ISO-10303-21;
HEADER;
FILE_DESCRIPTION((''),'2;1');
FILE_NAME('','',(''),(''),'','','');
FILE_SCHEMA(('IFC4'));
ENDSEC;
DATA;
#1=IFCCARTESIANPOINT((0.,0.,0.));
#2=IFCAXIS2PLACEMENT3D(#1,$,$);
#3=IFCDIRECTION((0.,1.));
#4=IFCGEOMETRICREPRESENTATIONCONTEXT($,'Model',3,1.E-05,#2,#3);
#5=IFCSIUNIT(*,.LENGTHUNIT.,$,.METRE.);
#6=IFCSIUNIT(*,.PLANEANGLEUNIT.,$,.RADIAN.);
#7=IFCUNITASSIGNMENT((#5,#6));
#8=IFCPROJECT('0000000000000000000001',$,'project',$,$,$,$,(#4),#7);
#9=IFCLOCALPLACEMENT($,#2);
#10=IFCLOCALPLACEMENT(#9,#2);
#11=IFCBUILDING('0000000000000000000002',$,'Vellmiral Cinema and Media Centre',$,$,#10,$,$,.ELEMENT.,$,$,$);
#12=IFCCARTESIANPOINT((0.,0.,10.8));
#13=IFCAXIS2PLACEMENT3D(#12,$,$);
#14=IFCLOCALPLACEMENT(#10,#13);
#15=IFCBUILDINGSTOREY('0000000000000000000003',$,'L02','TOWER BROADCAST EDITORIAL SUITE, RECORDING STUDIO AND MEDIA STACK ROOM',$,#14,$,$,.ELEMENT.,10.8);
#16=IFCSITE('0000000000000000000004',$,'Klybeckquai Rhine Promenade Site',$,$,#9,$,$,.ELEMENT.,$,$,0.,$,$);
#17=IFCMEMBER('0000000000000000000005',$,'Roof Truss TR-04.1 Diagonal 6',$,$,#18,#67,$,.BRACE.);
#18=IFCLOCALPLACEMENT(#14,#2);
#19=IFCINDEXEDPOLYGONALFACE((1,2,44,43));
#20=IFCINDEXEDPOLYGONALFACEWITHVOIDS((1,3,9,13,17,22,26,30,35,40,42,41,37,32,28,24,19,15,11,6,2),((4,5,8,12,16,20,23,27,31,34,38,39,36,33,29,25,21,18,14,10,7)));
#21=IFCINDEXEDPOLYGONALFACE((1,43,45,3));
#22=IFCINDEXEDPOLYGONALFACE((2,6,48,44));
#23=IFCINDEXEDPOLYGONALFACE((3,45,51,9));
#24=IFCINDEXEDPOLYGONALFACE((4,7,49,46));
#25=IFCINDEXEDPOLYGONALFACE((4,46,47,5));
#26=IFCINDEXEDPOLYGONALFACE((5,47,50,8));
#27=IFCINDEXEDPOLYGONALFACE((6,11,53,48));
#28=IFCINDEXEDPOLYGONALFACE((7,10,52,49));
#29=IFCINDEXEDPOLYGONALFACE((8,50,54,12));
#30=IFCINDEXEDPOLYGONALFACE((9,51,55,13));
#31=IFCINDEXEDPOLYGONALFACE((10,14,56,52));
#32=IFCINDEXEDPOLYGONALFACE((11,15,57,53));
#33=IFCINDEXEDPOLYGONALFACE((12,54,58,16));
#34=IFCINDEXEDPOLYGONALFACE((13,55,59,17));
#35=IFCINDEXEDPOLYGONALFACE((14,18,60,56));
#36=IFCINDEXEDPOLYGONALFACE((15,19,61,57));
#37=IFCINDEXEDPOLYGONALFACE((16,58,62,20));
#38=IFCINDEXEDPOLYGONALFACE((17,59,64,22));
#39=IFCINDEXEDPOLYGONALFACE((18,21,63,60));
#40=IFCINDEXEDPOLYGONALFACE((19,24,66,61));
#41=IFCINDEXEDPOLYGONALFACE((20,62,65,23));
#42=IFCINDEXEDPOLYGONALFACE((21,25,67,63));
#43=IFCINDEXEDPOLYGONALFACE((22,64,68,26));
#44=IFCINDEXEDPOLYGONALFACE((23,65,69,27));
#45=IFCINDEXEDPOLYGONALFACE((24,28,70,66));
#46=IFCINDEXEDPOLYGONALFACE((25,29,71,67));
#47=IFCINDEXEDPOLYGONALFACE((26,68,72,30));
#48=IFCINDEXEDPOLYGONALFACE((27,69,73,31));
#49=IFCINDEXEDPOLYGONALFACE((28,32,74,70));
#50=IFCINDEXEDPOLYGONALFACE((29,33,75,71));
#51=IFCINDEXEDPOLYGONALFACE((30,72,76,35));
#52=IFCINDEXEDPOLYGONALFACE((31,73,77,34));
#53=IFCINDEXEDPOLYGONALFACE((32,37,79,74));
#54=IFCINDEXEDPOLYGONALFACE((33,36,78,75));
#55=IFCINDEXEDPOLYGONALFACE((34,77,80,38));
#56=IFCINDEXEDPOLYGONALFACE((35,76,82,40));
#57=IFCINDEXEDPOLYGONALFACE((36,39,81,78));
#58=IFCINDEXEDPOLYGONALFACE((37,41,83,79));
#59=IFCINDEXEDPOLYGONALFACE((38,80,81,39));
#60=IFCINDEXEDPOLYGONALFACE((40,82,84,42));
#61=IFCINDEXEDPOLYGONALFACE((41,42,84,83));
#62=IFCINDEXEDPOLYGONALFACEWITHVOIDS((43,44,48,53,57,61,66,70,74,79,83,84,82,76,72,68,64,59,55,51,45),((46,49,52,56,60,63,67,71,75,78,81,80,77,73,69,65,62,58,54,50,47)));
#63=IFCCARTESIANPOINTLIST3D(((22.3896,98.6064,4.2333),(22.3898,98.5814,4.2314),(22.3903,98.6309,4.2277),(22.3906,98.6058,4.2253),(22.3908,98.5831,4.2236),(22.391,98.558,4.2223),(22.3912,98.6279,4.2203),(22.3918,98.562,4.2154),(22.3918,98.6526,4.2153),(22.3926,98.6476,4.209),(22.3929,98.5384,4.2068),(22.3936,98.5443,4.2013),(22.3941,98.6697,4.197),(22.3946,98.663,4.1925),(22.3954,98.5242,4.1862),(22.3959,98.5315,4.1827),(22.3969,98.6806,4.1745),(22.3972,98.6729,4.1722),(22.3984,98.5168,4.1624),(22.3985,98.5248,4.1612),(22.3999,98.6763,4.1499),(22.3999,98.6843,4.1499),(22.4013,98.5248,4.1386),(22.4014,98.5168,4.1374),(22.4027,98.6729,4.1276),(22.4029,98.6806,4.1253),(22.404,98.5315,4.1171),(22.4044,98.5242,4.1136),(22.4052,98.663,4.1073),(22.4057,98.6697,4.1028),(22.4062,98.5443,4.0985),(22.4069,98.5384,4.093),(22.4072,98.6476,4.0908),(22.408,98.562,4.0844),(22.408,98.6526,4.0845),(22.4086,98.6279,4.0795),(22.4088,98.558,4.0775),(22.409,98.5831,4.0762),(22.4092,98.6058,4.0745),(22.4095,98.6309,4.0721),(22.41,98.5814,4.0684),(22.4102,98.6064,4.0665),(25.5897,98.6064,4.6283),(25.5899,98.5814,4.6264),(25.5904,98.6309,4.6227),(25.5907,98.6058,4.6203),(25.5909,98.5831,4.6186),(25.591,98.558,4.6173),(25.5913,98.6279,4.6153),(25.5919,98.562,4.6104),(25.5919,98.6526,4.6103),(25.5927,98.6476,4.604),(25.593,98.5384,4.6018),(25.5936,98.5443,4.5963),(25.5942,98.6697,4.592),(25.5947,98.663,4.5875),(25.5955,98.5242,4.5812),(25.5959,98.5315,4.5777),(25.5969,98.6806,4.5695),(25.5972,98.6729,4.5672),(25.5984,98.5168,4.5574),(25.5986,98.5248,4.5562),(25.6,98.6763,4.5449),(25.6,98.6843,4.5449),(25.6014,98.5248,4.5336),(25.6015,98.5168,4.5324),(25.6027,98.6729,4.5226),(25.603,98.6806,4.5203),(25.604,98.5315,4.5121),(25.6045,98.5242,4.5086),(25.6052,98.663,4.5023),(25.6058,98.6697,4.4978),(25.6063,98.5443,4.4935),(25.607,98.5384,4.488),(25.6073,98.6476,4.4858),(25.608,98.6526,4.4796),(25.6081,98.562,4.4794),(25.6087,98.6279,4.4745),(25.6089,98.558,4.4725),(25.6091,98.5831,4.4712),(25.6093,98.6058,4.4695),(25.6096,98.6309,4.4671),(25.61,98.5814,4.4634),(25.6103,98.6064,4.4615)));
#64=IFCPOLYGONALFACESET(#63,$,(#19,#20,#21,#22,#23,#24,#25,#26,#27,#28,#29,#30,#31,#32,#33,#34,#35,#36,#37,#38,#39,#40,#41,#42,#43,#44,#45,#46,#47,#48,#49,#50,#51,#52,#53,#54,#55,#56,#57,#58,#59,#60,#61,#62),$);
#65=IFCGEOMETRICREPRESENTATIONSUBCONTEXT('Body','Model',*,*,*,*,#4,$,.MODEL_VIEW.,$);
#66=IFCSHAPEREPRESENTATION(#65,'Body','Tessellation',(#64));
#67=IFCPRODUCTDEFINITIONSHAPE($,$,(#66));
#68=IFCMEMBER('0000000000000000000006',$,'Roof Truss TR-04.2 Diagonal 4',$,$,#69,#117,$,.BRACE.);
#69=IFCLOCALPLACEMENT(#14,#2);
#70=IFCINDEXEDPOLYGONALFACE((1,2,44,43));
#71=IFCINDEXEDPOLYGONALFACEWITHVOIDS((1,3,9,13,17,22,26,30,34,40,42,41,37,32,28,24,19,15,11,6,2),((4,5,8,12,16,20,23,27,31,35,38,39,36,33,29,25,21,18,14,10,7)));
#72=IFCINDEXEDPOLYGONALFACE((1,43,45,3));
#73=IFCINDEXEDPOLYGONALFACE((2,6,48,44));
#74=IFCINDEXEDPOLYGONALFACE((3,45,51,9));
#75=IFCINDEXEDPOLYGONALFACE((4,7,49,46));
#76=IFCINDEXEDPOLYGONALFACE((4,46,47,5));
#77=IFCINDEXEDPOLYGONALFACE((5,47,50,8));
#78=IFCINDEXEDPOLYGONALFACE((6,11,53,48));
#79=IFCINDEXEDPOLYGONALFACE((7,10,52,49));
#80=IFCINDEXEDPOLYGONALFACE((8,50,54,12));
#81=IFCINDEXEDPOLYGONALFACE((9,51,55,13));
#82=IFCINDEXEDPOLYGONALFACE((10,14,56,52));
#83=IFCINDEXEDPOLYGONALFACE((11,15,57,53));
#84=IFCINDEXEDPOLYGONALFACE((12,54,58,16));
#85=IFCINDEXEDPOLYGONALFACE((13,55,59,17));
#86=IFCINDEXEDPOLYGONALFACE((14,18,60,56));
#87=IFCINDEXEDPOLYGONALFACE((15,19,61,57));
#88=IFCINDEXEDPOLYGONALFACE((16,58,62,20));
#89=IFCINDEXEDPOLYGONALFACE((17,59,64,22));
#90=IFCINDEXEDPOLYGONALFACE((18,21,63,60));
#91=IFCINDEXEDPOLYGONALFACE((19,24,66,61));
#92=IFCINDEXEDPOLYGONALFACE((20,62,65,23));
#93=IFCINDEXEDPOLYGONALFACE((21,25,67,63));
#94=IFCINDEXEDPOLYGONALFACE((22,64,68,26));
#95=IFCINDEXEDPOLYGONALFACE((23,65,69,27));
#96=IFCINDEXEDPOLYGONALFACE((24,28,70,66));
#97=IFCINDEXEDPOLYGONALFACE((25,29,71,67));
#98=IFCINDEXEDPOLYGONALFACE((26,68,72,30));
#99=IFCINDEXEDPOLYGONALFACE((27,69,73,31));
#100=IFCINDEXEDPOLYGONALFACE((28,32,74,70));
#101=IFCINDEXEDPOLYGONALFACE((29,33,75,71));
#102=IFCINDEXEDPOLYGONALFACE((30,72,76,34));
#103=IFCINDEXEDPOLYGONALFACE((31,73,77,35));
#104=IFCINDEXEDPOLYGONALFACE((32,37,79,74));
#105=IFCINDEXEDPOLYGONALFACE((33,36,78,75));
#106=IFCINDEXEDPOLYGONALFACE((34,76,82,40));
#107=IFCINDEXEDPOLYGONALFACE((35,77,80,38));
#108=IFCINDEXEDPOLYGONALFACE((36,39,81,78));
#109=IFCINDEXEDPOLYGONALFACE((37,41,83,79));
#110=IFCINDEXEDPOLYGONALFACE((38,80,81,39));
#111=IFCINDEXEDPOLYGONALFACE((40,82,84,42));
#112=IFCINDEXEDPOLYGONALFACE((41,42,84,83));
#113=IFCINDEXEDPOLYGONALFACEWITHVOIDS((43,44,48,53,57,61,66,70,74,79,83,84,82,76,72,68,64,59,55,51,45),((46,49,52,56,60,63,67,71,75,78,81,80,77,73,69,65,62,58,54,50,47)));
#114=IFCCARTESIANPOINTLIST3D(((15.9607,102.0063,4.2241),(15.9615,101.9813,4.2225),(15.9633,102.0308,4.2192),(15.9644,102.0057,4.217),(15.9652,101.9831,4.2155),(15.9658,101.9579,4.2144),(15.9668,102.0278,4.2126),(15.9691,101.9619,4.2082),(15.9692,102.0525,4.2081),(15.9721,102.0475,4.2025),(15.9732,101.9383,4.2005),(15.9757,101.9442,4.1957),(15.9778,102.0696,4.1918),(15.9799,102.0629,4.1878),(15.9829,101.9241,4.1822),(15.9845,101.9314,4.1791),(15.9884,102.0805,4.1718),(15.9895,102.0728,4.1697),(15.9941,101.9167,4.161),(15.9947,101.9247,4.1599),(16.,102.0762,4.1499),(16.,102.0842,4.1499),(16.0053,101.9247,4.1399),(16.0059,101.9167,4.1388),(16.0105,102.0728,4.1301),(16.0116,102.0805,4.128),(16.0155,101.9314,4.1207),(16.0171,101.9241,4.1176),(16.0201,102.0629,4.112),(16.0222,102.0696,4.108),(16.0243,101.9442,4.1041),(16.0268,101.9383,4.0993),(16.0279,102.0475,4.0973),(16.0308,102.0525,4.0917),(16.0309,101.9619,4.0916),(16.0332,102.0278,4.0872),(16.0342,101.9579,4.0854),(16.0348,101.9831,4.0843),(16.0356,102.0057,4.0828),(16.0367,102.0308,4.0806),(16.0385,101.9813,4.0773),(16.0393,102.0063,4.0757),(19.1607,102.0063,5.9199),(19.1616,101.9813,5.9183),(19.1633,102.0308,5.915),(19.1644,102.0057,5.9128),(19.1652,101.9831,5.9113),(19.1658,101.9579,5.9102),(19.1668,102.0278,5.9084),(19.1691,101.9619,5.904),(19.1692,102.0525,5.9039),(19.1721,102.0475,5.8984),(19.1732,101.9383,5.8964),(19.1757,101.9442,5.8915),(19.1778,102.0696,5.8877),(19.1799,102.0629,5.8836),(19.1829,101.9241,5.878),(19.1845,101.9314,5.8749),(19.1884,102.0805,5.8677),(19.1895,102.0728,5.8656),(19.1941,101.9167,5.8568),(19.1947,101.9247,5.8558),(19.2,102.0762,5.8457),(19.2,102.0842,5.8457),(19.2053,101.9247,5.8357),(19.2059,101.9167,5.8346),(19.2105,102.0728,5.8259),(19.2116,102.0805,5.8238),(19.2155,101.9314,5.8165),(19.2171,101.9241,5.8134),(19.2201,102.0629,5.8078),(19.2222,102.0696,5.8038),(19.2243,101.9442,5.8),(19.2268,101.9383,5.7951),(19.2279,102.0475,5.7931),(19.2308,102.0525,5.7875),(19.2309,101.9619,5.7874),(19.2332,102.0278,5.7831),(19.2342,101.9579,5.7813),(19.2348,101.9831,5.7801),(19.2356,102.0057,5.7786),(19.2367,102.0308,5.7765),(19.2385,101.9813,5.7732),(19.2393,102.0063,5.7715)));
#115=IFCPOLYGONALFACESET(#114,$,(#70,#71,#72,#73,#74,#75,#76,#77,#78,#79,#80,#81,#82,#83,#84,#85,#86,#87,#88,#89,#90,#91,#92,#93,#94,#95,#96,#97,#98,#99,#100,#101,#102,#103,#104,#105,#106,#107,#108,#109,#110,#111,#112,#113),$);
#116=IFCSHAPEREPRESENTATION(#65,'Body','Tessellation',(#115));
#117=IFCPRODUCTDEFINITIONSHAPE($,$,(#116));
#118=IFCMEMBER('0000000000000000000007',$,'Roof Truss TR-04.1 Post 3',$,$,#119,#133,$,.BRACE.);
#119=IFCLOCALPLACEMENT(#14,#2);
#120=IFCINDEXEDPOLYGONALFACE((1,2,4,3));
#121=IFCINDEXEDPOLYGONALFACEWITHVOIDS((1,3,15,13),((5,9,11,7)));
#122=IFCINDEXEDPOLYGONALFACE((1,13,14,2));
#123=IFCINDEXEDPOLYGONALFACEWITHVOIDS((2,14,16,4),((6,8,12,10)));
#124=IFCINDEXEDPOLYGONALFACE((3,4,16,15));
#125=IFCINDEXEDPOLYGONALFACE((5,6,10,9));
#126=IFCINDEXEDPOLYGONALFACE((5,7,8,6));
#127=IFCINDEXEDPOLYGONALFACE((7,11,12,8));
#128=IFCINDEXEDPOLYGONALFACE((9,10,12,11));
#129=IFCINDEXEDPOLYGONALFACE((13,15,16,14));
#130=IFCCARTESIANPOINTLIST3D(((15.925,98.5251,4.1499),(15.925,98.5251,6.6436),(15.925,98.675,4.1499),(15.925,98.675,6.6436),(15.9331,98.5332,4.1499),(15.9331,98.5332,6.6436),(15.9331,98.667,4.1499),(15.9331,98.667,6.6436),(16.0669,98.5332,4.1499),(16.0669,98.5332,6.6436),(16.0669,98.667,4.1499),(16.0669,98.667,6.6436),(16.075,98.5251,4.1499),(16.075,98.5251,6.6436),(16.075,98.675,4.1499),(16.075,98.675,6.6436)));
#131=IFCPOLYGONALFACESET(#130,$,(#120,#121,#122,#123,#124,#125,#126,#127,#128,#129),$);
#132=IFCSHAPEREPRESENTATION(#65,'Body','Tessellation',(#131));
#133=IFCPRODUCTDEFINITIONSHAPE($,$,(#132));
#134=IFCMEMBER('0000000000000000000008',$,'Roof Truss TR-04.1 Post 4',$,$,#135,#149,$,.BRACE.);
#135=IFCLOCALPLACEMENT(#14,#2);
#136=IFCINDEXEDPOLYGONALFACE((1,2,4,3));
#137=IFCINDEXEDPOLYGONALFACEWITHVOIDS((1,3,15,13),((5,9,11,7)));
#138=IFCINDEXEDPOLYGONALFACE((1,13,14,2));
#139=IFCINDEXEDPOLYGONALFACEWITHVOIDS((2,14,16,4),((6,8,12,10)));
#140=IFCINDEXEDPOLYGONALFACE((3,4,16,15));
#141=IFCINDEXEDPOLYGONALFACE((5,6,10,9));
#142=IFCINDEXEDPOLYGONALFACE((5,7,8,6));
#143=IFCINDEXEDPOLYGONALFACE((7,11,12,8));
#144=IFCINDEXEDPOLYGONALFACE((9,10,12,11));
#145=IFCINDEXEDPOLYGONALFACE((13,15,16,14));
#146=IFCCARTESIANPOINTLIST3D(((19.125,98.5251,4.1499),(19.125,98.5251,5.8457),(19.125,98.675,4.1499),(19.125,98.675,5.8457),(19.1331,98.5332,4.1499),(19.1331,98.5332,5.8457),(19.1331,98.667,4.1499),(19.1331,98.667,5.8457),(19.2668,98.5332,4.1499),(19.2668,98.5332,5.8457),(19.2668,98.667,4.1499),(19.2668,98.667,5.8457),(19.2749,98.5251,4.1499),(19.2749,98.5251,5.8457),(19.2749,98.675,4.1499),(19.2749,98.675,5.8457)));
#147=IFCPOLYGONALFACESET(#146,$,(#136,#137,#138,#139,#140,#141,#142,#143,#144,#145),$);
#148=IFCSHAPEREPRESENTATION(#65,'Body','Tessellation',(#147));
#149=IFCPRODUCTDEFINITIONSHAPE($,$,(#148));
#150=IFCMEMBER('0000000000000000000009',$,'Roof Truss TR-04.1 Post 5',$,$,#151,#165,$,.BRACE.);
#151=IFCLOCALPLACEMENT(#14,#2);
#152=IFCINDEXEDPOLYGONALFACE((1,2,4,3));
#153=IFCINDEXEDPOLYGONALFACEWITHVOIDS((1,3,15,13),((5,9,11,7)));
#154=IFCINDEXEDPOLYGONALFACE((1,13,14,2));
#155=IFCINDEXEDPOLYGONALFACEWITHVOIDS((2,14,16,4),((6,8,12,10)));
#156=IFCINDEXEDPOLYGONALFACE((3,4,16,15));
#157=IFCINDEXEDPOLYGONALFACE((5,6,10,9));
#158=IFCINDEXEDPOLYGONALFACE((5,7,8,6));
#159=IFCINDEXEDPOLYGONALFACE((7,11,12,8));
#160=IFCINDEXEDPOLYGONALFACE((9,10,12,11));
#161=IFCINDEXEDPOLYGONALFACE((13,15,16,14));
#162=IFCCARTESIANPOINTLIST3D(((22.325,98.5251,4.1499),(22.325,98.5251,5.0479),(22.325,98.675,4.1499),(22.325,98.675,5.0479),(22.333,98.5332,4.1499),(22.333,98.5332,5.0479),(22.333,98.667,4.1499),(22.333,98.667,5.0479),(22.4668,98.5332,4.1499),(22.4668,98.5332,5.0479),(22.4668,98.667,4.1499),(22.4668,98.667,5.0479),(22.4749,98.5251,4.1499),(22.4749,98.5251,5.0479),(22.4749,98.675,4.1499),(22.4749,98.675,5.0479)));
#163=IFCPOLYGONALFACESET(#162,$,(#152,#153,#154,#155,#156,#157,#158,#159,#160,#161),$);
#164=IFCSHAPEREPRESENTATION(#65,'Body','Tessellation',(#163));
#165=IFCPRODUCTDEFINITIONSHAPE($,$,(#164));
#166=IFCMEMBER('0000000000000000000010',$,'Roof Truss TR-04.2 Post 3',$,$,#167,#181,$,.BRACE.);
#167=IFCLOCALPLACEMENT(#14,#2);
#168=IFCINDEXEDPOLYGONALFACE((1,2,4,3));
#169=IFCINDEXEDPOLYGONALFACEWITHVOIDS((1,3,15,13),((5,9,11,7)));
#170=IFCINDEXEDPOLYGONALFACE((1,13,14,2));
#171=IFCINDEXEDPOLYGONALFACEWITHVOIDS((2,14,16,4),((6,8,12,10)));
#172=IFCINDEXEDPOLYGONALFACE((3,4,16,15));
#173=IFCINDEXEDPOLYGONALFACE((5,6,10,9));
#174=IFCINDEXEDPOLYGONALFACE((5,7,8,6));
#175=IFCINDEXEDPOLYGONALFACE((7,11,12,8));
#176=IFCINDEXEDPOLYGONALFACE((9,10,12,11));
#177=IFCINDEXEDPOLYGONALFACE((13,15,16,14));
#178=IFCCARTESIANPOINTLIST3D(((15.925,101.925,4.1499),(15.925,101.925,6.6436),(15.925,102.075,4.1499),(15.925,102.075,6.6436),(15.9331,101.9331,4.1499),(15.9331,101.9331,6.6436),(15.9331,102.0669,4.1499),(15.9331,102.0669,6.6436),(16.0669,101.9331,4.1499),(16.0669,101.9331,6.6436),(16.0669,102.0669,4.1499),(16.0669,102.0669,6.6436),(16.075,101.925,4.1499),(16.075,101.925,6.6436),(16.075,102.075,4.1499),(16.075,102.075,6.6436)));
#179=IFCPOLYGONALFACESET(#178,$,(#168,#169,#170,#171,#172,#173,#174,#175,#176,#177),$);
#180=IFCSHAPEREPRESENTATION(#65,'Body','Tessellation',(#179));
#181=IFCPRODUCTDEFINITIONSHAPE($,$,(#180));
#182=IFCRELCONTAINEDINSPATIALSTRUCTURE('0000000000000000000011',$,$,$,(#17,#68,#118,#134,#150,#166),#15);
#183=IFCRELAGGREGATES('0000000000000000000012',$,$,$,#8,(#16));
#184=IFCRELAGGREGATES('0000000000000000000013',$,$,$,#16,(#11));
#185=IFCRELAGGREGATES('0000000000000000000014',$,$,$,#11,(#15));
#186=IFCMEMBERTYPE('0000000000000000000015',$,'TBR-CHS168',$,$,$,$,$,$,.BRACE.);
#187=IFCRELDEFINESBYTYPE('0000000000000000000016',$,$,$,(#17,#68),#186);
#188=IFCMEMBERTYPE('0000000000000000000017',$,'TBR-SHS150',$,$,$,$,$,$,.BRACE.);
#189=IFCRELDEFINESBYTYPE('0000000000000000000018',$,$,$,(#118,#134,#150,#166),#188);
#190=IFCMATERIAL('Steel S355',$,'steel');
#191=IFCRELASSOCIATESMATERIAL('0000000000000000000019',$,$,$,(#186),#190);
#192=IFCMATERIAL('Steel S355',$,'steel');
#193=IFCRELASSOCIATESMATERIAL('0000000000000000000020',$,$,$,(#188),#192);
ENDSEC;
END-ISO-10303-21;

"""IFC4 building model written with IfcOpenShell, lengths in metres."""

from ifc_helpers import new_model, si_unit, direction, frame, origin, origin_2d, place, context, subcontext, project, spatial, hollow_rectangle, hollow_circle, extrude, material, material_profile, profile_set, type_object, element, save


model = new_model("IFC4")

# Units and contexts
model_context = context("Model", 3, precision=1e-05, world=origin(), true_north=direction((0.0, 1.0)))
body_context = subcontext(model_context, "Body", "Model", "MODEL_VIEW")
ifc_project = project(units=[si_unit("LENGTHUNIT", "METRE"), si_unit("PLANEANGLEUNIT", "RADIAN")], contexts=[model_context])

# Site, building, storey
site_placement = place(None, origin())
site = spatial("IfcSite", under=ifc_project, at=site_placement, Name="Klybeckquai Rhine Promenade Site", CompositionType="ELEMENT", RefElevation=0.0)
building_placement = place(site_placement, origin())
building = spatial("IfcBuilding", under=site, at=building_placement, Name="Vellmiral Cinema and Media Centre", CompositionType="ELEMENT")
storey_placement = place(building_placement, frame((0.0, 0.0, 10.8)))
storey = spatial("IfcBuildingStorey", under=building, at=storey_placement, Name="L02", Description="TOWER BROADCAST EDITORIAL SUITE, RECORDING STUDIO AND MEDIA STACK ROOM", CompositionType="ELEMENT", Elevation=10.8)

# Members
ifc_material_1 = material(Name="Steel S355", Category="steel")
ifc_material_profile_1 = material_profile(ifc_material_1, hollow_circle(Radius=0.0842, WallThickness=0.0081, at=origin_2d()), Name="CHS 168.3x8.0")
ifc_profile_set_1 = profile_set([ifc_material_profile_1], Name="Steel S355")
member_type_1 = type_object("IfcMemberType", Name="TBR-CHS168", PredefinedType="BRACE", material=ifc_profile_set_1)
member_1_placement = place(storey_placement, frame((22.3999, 98.6001, 4.1499), z_axis=(0.992468, 0.0, 0.122506), x_axis=(0.0, 1.0, 0.0)))
element("IfcMember", 1, at=member_1_placement, inside=storey, type_object=member_type_1, Name="Roof Truss TR-04.1 Diagonal 6", PredefinedType="BRACE", context=body_context, shape_type="SweptSolid", body=[
    extrude(hollow_circle(Radius=0.0842, WallThickness=0.0081, at=origin_2d()), origin(), (0.0, 0.0, 1.0), 3.2244),
])
member_2_placement = place(storey_placement, frame((16.0, 102.0, 4.1499), z_axis=(0.883593, 0.0, 0.468256), x_axis=(0.0, 1.0, 0.0)))
element("IfcMember", 2, at=member_2_placement, inside=storey, type_object=member_type_1, Name="Roof Truss TR-04.2 Diagonal 4", PredefinedType="BRACE", context=body_context, shape_type="SweptSolid", body=[
    extrude(hollow_circle(Radius=0.0842, WallThickness=0.0081, at=origin_2d()), origin(), (0.0, 0.0, 1.0), 3.6216),
])
ifc_material_2 = material(Name="Steel S355", Category="steel")
ifc_material_profile_2 = material_profile(ifc_material_2, hollow_rectangle(XDim=0.1499, YDim=0.1499, WallThickness=0.0081, at=origin_2d()), Name="SHS 150x150x8.0")
ifc_profile_set_2 = profile_set([ifc_material_profile_2], Name="Steel S355")
member_type_2 = type_object("IfcMemberType", Name="TBR-SHS150", PredefinedType="BRACE", material=ifc_profile_set_2)
member_3_placement = place(storey_placement, frame((16.0, 98.6001, 4.1499), z_axis=(0.0, 0.0, 1.0), x_axis=(1.0, 0.0, 0.0)))
element("IfcMember", 3, at=member_3_placement, inside=storey, type_object=member_type_2, Name="Roof Truss TR-04.1 Post 3", PredefinedType="BRACE", context=body_context, shape_type="SweptSolid", body=[
    extrude(hollow_rectangle(XDim=0.1499, YDim=0.1499, WallThickness=0.0081, at=origin_2d()), origin(), (0.0, 0.0, 1.0), 2.4937),
])
member_4_placement = place(storey_placement, frame((19.2, 98.6001, 4.1499), z_axis=(0.0, 0.0, 1.0), x_axis=(1.0, 0.0, 0.0)))
element("IfcMember", 4, at=member_4_placement, inside=storey, type_object=member_type_2, Name="Roof Truss TR-04.1 Post 4", PredefinedType="BRACE", context=body_context, shape_type="SweptSolid", body=[
    extrude(hollow_rectangle(XDim=0.1499, YDim=0.1499, WallThickness=0.0081, at=origin_2d()), origin(), (0.0, 0.0, 1.0), 1.6958),
])
member_5_placement = place(storey_placement, frame((22.3999, 98.6001, 4.1499), z_axis=(0.0, 0.0, 1.0), x_axis=(1.0, 0.0, 0.0)))
element("IfcMember", 5, at=member_5_placement, inside=storey, type_object=member_type_2, Name="Roof Truss TR-04.1 Post 5", PredefinedType="BRACE", context=body_context, shape_type="SweptSolid", body=[
    extrude(hollow_rectangle(XDim=0.1499, YDim=0.1499, WallThickness=0.0081, at=origin_2d()), origin(), (0.0, 0.0, 1.0), 0.8979),
])
member_6_placement = place(storey_placement, frame((16.0, 102.0, 4.1499), z_axis=(0.0, 0.0, 1.0), x_axis=(1.0, 0.0, 0.0)))
element("IfcMember", 6, at=member_6_placement, inside=storey, type_object=member_type_2, Name="Roof Truss TR-04.2 Post 3", PredefinedType="BRACE", context=body_context, shape_type="SweptSolid", body=[
    extrude(hollow_rectangle(XDim=0.1499, YDim=0.1499, WallThickness=0.0081, at=origin_2d()), origin(), (0.0, 0.0, 1.0), 2.4937),
])

save(model, "model.ifc")
